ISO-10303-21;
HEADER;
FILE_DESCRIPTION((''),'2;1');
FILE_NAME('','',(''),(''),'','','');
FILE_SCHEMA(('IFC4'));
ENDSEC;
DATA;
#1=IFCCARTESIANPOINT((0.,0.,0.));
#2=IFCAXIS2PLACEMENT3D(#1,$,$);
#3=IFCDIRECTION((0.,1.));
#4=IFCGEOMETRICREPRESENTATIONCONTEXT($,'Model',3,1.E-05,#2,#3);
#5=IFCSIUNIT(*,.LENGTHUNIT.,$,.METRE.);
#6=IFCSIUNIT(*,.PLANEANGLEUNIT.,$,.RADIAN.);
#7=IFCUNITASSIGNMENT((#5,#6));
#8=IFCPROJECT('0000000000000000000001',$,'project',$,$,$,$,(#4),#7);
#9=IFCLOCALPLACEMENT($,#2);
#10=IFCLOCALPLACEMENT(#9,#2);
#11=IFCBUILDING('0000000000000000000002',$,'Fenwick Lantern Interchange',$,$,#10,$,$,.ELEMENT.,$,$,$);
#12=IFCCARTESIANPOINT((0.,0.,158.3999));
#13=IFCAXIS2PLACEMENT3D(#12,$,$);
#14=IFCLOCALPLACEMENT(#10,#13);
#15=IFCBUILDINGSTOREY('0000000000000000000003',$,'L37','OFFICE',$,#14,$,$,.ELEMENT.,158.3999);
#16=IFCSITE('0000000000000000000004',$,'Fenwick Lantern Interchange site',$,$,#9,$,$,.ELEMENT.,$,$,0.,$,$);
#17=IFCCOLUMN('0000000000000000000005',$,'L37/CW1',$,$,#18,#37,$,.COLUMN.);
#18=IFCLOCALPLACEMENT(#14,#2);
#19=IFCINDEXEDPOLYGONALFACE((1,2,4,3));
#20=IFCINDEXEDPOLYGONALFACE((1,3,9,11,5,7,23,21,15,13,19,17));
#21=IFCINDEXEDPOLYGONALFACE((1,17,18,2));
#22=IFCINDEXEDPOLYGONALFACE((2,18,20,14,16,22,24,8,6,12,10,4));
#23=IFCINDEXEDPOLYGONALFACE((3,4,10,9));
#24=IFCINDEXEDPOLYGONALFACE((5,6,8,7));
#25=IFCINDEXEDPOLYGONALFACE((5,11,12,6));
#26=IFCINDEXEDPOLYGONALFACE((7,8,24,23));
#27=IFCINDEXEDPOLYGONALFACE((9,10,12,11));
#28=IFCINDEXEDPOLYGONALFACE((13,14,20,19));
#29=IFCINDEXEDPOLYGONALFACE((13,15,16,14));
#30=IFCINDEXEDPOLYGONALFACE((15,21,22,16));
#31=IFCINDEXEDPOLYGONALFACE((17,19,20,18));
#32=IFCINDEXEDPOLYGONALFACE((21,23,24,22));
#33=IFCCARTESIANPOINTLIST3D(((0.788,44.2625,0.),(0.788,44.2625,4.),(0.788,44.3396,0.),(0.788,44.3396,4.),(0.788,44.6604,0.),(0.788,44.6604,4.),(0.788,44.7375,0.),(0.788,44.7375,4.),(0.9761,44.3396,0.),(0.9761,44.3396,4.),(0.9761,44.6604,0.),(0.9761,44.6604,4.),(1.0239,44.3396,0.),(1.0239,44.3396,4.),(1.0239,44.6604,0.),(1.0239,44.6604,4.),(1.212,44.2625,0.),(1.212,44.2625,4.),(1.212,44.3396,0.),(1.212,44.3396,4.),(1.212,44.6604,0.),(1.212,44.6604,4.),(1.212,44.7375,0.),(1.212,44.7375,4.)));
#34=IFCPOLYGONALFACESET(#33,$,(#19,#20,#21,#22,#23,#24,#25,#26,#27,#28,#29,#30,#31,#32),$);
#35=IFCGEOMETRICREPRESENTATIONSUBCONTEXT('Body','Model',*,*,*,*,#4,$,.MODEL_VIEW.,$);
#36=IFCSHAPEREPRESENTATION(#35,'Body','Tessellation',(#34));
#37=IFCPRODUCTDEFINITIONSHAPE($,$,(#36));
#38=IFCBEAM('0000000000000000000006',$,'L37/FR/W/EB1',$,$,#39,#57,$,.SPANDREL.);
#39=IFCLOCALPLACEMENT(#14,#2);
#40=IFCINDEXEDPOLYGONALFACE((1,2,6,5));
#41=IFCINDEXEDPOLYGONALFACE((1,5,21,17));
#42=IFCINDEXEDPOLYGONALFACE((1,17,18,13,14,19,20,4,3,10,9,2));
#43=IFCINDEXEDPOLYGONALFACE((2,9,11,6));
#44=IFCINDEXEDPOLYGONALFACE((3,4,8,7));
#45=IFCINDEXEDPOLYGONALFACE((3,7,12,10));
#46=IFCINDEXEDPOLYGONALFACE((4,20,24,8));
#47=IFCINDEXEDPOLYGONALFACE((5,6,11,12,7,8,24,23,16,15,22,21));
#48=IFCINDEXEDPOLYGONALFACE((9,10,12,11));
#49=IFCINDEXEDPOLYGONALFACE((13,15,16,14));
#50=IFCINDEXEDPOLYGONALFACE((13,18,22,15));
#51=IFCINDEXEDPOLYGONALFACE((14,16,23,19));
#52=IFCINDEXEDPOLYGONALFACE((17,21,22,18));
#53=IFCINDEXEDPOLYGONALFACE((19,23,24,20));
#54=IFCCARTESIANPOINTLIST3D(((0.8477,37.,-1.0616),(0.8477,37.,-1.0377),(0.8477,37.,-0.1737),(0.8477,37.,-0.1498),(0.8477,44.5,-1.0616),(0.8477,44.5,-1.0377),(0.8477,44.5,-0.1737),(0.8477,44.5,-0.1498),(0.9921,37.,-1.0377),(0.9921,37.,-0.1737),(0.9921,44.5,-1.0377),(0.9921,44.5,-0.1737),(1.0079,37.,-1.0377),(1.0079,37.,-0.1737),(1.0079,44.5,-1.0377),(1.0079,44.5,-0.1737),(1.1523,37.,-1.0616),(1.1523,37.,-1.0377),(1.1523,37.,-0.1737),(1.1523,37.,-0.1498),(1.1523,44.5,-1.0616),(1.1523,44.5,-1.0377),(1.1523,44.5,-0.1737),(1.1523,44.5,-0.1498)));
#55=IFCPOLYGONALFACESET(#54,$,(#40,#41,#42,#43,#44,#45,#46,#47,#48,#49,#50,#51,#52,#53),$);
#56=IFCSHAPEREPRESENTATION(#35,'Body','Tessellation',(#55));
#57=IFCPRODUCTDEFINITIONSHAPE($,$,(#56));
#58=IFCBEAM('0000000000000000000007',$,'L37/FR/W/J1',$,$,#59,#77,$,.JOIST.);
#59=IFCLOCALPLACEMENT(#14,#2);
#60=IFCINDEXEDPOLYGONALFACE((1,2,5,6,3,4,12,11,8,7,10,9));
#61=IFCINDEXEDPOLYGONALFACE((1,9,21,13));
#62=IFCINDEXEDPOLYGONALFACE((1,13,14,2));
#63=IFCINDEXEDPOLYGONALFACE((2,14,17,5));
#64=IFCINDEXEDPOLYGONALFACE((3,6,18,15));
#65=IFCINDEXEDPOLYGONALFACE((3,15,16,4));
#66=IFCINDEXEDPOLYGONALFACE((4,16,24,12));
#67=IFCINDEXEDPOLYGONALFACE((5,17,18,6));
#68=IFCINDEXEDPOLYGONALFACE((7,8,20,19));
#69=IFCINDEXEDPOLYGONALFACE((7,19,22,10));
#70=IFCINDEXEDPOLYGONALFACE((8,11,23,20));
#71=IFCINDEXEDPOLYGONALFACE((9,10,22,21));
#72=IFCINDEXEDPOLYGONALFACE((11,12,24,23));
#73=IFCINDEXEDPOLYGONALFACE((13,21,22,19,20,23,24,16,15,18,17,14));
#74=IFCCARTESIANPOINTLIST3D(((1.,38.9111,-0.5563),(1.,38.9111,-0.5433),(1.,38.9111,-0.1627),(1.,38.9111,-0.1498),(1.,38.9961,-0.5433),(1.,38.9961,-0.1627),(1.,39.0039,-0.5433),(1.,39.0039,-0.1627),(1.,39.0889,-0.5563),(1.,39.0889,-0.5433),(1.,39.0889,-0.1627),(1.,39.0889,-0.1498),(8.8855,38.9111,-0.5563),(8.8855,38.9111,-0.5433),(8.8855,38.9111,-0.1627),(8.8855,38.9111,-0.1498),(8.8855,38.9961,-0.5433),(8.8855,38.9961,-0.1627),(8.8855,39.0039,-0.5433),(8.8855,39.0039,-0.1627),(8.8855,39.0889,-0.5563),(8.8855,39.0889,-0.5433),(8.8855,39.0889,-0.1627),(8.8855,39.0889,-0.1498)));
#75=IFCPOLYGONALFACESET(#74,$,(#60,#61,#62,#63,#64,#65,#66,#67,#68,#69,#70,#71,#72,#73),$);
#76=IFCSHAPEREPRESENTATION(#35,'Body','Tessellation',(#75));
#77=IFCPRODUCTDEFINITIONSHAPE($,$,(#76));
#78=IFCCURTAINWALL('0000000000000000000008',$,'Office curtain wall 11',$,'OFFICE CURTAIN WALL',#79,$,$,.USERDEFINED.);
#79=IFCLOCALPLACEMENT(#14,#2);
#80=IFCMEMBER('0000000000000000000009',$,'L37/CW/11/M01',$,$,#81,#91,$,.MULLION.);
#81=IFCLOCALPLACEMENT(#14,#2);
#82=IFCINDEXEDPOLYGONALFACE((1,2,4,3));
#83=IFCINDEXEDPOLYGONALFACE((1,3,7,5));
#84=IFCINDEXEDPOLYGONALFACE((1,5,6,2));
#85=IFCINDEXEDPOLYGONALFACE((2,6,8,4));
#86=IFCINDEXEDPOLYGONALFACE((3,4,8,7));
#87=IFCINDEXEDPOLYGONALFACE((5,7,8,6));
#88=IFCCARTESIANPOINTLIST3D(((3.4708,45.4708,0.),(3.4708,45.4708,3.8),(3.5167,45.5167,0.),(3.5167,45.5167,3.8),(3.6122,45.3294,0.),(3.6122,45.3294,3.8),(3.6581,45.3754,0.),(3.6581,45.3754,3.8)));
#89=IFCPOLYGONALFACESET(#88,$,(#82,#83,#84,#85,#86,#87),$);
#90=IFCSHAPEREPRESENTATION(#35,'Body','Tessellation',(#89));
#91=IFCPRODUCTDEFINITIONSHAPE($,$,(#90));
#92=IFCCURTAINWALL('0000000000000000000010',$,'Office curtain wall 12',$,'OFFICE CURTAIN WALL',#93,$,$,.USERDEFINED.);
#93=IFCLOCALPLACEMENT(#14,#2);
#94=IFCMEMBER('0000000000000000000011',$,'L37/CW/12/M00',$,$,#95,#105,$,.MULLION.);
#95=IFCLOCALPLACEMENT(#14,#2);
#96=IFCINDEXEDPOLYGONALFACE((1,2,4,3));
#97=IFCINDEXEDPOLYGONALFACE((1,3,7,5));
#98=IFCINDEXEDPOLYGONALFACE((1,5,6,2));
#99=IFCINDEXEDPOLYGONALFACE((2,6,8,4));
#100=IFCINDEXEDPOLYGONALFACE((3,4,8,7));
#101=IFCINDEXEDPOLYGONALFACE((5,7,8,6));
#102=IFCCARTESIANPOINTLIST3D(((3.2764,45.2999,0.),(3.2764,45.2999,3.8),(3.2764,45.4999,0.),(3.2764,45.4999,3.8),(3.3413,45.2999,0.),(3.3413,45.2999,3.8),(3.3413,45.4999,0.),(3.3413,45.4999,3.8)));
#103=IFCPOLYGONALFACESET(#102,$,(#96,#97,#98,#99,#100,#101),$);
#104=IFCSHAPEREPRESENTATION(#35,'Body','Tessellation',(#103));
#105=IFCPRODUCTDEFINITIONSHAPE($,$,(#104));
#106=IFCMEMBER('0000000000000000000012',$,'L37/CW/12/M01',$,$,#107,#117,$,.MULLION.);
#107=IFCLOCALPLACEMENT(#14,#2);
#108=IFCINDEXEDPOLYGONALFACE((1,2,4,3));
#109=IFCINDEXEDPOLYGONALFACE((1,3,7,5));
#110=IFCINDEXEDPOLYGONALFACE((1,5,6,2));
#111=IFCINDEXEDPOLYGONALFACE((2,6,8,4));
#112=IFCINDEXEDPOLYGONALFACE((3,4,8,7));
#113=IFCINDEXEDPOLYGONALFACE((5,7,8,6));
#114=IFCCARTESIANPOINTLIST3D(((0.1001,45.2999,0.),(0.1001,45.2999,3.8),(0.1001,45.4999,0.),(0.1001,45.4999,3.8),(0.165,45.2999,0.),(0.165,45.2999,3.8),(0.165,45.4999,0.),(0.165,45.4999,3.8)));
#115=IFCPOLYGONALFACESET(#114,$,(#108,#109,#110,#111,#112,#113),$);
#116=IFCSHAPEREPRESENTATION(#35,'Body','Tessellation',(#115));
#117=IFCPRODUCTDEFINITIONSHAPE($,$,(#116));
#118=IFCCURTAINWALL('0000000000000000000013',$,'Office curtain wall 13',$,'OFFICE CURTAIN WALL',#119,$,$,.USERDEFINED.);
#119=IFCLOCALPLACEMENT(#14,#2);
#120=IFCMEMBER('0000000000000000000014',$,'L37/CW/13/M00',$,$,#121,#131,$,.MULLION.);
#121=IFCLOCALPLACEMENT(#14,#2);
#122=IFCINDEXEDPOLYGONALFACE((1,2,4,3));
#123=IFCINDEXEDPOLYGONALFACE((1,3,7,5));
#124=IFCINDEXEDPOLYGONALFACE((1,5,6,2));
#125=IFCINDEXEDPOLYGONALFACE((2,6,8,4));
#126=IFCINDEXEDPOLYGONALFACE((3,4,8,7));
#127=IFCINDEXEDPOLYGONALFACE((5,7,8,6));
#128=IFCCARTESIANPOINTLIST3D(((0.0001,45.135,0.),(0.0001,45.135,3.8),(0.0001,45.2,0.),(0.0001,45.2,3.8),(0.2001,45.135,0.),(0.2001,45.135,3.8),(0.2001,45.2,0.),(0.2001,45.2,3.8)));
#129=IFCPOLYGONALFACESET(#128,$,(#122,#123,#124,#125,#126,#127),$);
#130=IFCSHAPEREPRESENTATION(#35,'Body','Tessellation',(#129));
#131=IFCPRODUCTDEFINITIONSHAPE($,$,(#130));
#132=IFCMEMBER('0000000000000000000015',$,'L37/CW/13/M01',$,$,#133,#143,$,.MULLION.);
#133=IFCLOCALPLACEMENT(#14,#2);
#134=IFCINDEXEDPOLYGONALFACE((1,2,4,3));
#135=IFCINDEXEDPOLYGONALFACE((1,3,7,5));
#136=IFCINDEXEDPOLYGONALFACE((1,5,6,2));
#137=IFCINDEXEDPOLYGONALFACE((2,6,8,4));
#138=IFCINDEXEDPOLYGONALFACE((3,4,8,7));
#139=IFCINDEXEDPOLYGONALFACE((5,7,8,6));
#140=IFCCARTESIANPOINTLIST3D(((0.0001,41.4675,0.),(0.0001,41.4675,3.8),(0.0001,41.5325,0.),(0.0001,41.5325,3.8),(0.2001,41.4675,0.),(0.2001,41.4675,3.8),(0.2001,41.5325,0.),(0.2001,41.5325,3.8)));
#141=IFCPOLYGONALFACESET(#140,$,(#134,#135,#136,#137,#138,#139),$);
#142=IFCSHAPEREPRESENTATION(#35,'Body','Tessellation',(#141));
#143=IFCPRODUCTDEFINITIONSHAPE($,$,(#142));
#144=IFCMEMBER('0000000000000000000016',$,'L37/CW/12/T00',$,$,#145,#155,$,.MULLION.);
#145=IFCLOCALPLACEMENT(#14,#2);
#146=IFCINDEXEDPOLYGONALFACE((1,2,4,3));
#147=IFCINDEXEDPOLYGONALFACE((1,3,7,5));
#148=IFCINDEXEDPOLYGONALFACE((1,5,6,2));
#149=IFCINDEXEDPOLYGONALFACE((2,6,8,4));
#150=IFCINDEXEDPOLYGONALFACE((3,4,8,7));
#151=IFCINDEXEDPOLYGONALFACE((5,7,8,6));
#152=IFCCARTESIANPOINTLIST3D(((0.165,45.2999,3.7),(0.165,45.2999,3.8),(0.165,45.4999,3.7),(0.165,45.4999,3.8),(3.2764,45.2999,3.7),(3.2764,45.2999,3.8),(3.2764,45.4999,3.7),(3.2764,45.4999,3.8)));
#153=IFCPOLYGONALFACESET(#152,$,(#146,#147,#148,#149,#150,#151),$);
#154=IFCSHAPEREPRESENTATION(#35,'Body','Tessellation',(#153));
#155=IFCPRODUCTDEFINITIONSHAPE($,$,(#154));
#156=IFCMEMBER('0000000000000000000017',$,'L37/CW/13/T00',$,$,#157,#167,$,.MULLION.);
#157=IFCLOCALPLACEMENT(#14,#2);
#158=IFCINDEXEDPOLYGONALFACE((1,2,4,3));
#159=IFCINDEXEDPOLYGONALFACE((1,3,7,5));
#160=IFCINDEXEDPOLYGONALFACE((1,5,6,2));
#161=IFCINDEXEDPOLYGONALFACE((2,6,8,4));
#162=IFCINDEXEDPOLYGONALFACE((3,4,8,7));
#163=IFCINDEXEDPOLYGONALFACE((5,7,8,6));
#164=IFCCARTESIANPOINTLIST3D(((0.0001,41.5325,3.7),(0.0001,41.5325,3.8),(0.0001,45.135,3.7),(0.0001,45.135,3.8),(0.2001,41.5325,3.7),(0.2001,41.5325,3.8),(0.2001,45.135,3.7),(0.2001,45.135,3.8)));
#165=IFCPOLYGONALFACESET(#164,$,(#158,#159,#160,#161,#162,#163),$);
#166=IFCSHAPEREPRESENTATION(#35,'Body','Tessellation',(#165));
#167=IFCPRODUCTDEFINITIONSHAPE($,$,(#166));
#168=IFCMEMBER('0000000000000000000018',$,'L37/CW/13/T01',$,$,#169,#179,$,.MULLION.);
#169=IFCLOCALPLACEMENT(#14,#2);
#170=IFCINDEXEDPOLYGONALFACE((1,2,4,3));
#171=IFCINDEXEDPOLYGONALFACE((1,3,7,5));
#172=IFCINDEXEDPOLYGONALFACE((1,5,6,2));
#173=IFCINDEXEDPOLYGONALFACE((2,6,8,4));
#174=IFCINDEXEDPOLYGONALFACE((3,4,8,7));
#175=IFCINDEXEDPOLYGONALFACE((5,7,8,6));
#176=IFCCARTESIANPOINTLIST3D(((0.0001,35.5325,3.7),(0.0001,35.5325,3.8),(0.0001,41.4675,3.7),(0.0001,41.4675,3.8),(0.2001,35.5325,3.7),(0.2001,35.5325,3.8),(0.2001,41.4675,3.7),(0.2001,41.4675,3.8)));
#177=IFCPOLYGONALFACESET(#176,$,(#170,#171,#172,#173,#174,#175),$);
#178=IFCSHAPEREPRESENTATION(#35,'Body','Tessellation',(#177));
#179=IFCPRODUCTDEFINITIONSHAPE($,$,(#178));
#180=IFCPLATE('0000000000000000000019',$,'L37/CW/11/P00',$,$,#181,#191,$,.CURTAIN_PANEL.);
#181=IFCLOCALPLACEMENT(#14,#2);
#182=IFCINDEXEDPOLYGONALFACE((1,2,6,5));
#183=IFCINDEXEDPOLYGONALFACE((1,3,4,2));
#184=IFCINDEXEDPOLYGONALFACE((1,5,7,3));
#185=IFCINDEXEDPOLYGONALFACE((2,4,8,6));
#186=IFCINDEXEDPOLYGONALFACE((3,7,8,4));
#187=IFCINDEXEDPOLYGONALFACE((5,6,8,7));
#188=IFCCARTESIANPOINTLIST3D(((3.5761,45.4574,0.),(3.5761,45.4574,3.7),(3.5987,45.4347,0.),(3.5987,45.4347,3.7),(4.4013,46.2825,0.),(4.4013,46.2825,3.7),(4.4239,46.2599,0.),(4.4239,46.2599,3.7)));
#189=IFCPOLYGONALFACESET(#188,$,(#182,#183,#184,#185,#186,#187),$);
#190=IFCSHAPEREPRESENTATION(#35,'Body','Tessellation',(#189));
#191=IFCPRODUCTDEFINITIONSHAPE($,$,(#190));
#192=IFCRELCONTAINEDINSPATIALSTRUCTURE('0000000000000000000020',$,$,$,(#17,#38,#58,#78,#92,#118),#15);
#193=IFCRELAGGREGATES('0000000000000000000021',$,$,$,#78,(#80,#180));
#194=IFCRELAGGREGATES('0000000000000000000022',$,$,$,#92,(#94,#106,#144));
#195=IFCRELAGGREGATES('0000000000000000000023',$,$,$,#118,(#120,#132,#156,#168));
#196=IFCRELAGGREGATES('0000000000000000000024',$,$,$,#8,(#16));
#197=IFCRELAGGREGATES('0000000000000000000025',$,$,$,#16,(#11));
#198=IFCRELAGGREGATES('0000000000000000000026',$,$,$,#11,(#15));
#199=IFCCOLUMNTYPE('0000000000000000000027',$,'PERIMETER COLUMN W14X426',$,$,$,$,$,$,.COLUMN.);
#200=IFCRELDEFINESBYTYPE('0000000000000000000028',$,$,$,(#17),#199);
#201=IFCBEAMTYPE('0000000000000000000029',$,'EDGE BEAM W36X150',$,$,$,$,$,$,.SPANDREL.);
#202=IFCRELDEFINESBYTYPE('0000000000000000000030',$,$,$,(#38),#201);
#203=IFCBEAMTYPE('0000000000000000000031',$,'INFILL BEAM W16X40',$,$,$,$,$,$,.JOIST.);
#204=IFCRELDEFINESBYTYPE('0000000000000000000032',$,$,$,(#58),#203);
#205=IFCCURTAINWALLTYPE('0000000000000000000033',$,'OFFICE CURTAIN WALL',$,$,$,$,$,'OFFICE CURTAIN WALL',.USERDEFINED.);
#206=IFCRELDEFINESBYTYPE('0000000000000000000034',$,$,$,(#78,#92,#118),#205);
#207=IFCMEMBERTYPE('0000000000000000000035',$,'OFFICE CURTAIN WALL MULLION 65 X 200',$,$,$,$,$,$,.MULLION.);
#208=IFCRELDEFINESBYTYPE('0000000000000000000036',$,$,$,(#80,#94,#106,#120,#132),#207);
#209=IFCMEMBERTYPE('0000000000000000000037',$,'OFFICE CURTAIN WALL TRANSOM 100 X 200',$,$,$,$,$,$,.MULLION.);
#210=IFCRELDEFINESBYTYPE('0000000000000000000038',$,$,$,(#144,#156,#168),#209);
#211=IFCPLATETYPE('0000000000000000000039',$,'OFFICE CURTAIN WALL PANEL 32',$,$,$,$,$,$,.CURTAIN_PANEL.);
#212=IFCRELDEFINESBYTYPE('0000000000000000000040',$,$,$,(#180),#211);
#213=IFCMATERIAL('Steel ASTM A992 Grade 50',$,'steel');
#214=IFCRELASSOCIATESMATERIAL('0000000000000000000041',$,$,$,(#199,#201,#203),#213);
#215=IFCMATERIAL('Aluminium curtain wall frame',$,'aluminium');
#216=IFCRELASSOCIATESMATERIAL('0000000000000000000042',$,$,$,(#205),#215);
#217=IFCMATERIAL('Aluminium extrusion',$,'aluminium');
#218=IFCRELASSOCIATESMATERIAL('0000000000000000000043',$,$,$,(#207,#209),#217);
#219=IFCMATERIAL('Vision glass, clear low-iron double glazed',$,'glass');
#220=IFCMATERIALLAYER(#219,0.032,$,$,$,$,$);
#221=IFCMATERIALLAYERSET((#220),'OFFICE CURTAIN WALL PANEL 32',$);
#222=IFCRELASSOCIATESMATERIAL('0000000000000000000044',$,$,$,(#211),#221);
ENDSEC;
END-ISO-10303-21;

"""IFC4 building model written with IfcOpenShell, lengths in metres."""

from ifc_helpers import new_model, si_unit, direction, frame, origin, origin_2d, place, context, subcontext, project, spatial, rectangle, i_section, extrude, material, layer, layer_set, material_profile, profile_set, type_object, element, aggregate, save


model = new_model("IFC4")

# Units and contexts
model_context = context("Model", 3, precision=1e-05, world=origin(), true_north=direction((0.0, 1.0)))
body_context = subcontext(model_context, "Body", "Model", "MODEL_VIEW")
ifc_project = project(units=[si_unit("LENGTHUNIT", "METRE"), si_unit("PLANEANGLEUNIT", "RADIAN")], contexts=[model_context])

# Site, building, storey
site_placement = place(None, origin())
site = spatial("IfcSite", under=ifc_project, at=site_placement, Name="Fenwick Lantern Interchange site", CompositionType="ELEMENT", RefElevation=0.0)
building_placement = place(site_placement, origin())
building = spatial("IfcBuilding", under=site, at=building_placement, Name="Fenwick Lantern Interchange", CompositionType="ELEMENT")
storey_placement = place(building_placement, frame((0.0, 0.0, 158.3999)))
storey = spatial("IfcBuildingStorey", under=building, at=storey_placement, Name="L37", Description="OFFICE", CompositionType="ELEMENT", Elevation=158.3999)

# Column
ifc_material_1 = material(Name="Steel ASTM A992 Grade 50", Category="steel")
ifc_material_profile_1 = material_profile(ifc_material_1, i_section(OverallWidth=0.4241, OverallDepth=0.4751, WebThickness=0.0479, FlangeThickness=0.0771, at=origin_2d()), Name="W14X426")
ifc_profile_set_1 = profile_set([ifc_material_profile_1], Name="Steel ASTM A992 Grade 50")
column_type = type_object("IfcColumnType", Name="PERIMETER COLUMN W14X426", PredefinedType="COLUMN", material=ifc_profile_set_1)
column_placement = place(storey_placement, frame((1.0, 44.5, 0.0), z_axis=(0.0, 0.0, 1.0), x_axis=(1.0, 0.0, 0.0)))
element("IfcColumn", 1, at=column_placement, inside=storey, type_object=column_type, Name="L37/CW1", PredefinedType="COLUMN", context=body_context, shape_type="SweptSolid", body=[
    extrude(i_section(OverallWidth=0.4241, OverallDepth=0.4751, WebThickness=0.0479, FlangeThickness=0.0771, at=origin_2d()), origin(), (0.0, 0.0, 1.0), 4.0),
])

# Beams
ifc_material_profile_2 = material_profile(ifc_material_1, i_section(OverallWidth=0.3047, OverallDepth=0.9119, WebThickness=0.0159, FlangeThickness=0.0239, at=origin_2d()), Name="W36X150")
ifc_profile_set_2 = profile_set([ifc_material_profile_2], Name="Steel ASTM A992 Grade 50")
beam_type_1 = type_object("IfcBeamType", Name="EDGE BEAM W36X150", PredefinedType="SPANDREL", material=ifc_profile_set_2)
beam_1_placement = place(storey_placement, frame((1.0, 44.5, -0.6057), z_axis=(0.0, -1.0, 0.0), x_axis=(1.0, 0.0, 0.0)))
element("IfcBeam", 2, at=beam_1_placement, inside=storey, type_object=beam_type_1, Name="L37/FR/W/EB1", PredefinedType="SPANDREL", context=body_context, shape_type="SweptSolid", body=[
    extrude(i_section(OverallWidth=0.3047, OverallDepth=0.9119, WebThickness=0.0159, FlangeThickness=0.0239, at=origin_2d()), origin(), (0.0, 0.0, 1.0), 7.5),
])
ifc_material_profile_3 = material_profile(ifc_material_1, i_section(OverallWidth=0.1777, OverallDepth=0.4065, WebThickness=0.0078, FlangeThickness=0.0129, at=origin_2d()), Name="W16X40")
ifc_profile_set_3 = profile_set([ifc_material_profile_3], Name="Steel ASTM A992 Grade 50")
beam_type_2 = type_object("IfcBeamType", Name="INFILL BEAM W16X40", PredefinedType="JOIST", material=ifc_profile_set_3)
beam_2_placement = place(storey_placement, frame((1.0, 39.0, -0.353), z_axis=(1.0, 0.0, 0.0), x_axis=(0.0, 1.0, 0.0)))
element("IfcBeam", 3, at=beam_2_placement, inside=storey, type_object=beam_type_2, Name="L37/FR/W/J1", PredefinedType="JOIST", context=body_context, shape_type="SweptSolid", body=[
    extrude(i_section(OverallWidth=0.1777, OverallDepth=0.4065, WebThickness=0.0078, FlangeThickness=0.0129, at=origin_2d()), origin(), (0.0, 0.0, 1.0), 7.8855),
])

# Curtain wall, member
ifc_material_2 = material(Name="Aluminium curtain wall frame", Category="aluminium")
curtain_wall_type = type_object("IfcCurtainWallType", Name="OFFICE CURTAIN WALL", ElementType="OFFICE CURTAIN WALL", PredefinedType="USERDEFINED", material=ifc_material_2)
curtain_wall_1_placement = place(storey_placement, origin())
curtain_wall_1 = element("IfcCurtainWall", 4, at=curtain_wall_1_placement, inside=storey, type_object=curtain_wall_type, Name="Office curtain wall 11", ObjectType="OFFICE CURTAIN WALL", PredefinedType="USERDEFINED")
ifc_material_3 = material(Name="Aluminium extrusion", Category="aluminium")
ifc_material_profile_4 = material_profile(ifc_material_3, rectangle(XDim=0.2, YDim=0.0649, at=origin_2d()), Name="OFFICE CURTAIN WALL MULLION 65 X 200")
ifc_profile_set_4 = profile_set([ifc_material_profile_4], Name="Aluminium extrusion")
member_type_1 = type_object("IfcMemberType", Name="OFFICE CURTAIN WALL MULLION 65 X 200", PredefinedType="MULLION", material=ifc_profile_set_4)
member_1_placement = place(storey_placement, frame((3.5645, 45.4231, 0.0), z_axis=(0.0, 0.0, 1.0), x_axis=(0.707107, -0.707107, 0.0)))
member_1 = element("IfcMember", 5, at=member_1_placement, type_object=member_type_1, Name="L37/CW/11/M01", PredefinedType="MULLION", context=body_context, shape_type="SweptSolid", body=[
    extrude(rectangle(XDim=0.2, YDim=0.0649, at=origin_2d()), origin(), (0.0, 0.0, 1.0), 3.8),
])

# Curtain walls, members
curtain_wall_2_placement = place(storey_placement, origin())
curtain_wall_2 = element("IfcCurtainWall", 6, at=curtain_wall_2_placement, inside=storey, type_object=curtain_wall_type, Name="Office curtain wall 12", ObjectType="OFFICE CURTAIN WALL", PredefinedType="USERDEFINED")
member_2_placement = place(storey_placement, frame((3.3088, 45.3999, 0.0), z_axis=(0.0, 0.0, 1.0), x_axis=(0.0, -1.0, 0.0)))
member_2 = element("IfcMember", 7, at=member_2_placement, type_object=member_type_1, Name="L37/CW/12/M00", PredefinedType="MULLION", context=body_context, shape_type="SweptSolid", body=[
    extrude(rectangle(XDim=0.2, YDim=0.0649, at=origin_2d()), origin(), (0.0, 0.0, 1.0), 3.8),
])
member_3_placement = place(storey_placement, frame((0.1326, 45.3999, 0.0), z_axis=(0.0, 0.0, 1.0), x_axis=(0.0, -1.0, 0.0)))
member_3 = element("IfcMember", 8, at=member_3_placement, type_object=member_type_1, Name="L37/CW/12/M01", PredefinedType="MULLION", context=body_context, shape_type="SweptSolid", body=[
    extrude(rectangle(XDim=0.2, YDim=0.0649, at=origin_2d()), origin(), (0.0, 0.0, 1.0), 3.8),
])
curtain_wall_3_placement = place(storey_placement, origin())
curtain_wall_3 = element("IfcCurtainWall", 9, at=curtain_wall_3_placement, inside=storey, type_object=curtain_wall_type, Name="Office curtain wall 13", ObjectType="OFFICE CURTAIN WALL", PredefinedType="USERDEFINED")
member_4_placement = place(storey_placement, frame((0.1001, 45.1675, 0.0), z_axis=(0.0, 0.0, 1.0), x_axis=(1.0, 0.0, 0.0)))
member_4 = element("IfcMember", 10, at=member_4_placement, type_object=member_type_1, Name="L37/CW/13/M00", PredefinedType="MULLION", context=body_context, shape_type="SweptSolid", body=[
    extrude(rectangle(XDim=0.2, YDim=0.0649, at=origin_2d()), origin(), (0.0, 0.0, 1.0), 3.8),
])
member_5_placement = place(storey_placement, frame((0.1001, 41.5, 0.0), z_axis=(0.0, 0.0, 1.0), x_axis=(1.0, 0.0, 0.0)))
member_5 = element("IfcMember", 11, at=member_5_placement, type_object=member_type_1, Name="L37/CW/13/M01", PredefinedType="MULLION", context=body_context, shape_type="SweptSolid", body=[
    extrude(rectangle(XDim=0.2, YDim=0.0649, at=origin_2d()), origin(), (0.0, 0.0, 1.0), 3.8),
])

# Members
ifc_material_profile_5 = material_profile(ifc_material_3, rectangle(XDim=0.2, YDim=0.1001, at=origin_2d()), Name="OFFICE CURTAIN WALL TRANSOM 100 X 200")
ifc_profile_set_5 = profile_set([ifc_material_profile_5], Name="Aluminium extrusion")
member_type_2 = type_object("IfcMemberType", Name="OFFICE CURTAIN WALL TRANSOM 100 X 200", PredefinedType="MULLION", material=ifc_profile_set_5)
member_6_placement = place(storey_placement, frame((3.2764, 45.3999, 3.75), z_axis=(-1.0, 0.0, 0.0), x_axis=(0.0, -1.0, 0.0)))
member_6 = element("IfcMember", 12, at=member_6_placement, type_object=member_type_2, Name="L37/CW/12/T00", PredefinedType="MULLION", context=body_context, shape_type="SweptSolid", body=[
    extrude(rectangle(XDim=0.2, YDim=0.1001, at=origin_2d()), origin(), (0.0, 0.0, 1.0), 3.1113),
])
member_7_placement = place(storey_placement, frame((0.1001, 45.135, 3.75), z_axis=(0.0, -1.0, 0.0), x_axis=(1.0, 0.0, 0.0)))
member_7 = element("IfcMember", 13, at=member_7_placement, type_object=member_type_2, Name="L37/CW/13/T00", PredefinedType="MULLION", context=body_context, shape_type="SweptSolid", body=[
    extrude(rectangle(XDim=0.2, YDim=0.1001, at=origin_2d()), origin(), (0.0, 0.0, 1.0), 3.6025),
])
member_8_placement = place(storey_placement, frame((0.1001, 41.4675, 3.75), z_axis=(0.0, -1.0, 0.0), x_axis=(1.0, 0.0, 0.0)))
member_8 = element("IfcMember", 14, at=member_8_placement, type_object=member_type_2, Name="L37/CW/13/T01", PredefinedType="MULLION", context=body_context, shape_type="SweptSolid", body=[
    extrude(rectangle(XDim=0.2, YDim=0.1001, at=origin_2d()), origin(), (0.0, 0.0, 1.0), 5.9351),
])

# Plate
ifc_material_4 = material(Name="Vision glass, clear low-iron double glazed", Category="glass")
ifc_layer_1 = layer(ifc_material_4, 0.032)
ifc_layer_set_1 = layer_set([ifc_layer_1], Name="OFFICE CURTAIN WALL PANEL 32")
plate_type = type_object("IfcPlateType", Name="OFFICE CURTAIN WALL PANEL 32", PredefinedType="CURTAIN_PANEL", material=ifc_layer_set_1)
plate_1_placement = place(storey_placement, frame((4.0, 45.8586, 0.0), z_axis=(0.0, 0.0, 1.0), x_axis=(-0.707107, -0.707107, 0.0)))
plate_1 = element("IfcPlate", 15, at=plate_1_placement, type_object=plate_type, Name="L37/CW/11/P00", PredefinedType="CURTAIN_PANEL", context=body_context, shape_type="SweptSolid", body=[
    extrude(rectangle(XDim=1.167, YDim=0.032, at=origin_2d()), origin(), (0.0, 0.0, 1.0), 3.7),
])
aggregate(curtain_wall_1, [member_1, plate_1])
aggregate(curtain_wall_2, [member_2, member_3, member_6])
aggregate(curtain_wall_3, [member_4, member_5, member_7, member_8])

save(model, "model.ifc")
